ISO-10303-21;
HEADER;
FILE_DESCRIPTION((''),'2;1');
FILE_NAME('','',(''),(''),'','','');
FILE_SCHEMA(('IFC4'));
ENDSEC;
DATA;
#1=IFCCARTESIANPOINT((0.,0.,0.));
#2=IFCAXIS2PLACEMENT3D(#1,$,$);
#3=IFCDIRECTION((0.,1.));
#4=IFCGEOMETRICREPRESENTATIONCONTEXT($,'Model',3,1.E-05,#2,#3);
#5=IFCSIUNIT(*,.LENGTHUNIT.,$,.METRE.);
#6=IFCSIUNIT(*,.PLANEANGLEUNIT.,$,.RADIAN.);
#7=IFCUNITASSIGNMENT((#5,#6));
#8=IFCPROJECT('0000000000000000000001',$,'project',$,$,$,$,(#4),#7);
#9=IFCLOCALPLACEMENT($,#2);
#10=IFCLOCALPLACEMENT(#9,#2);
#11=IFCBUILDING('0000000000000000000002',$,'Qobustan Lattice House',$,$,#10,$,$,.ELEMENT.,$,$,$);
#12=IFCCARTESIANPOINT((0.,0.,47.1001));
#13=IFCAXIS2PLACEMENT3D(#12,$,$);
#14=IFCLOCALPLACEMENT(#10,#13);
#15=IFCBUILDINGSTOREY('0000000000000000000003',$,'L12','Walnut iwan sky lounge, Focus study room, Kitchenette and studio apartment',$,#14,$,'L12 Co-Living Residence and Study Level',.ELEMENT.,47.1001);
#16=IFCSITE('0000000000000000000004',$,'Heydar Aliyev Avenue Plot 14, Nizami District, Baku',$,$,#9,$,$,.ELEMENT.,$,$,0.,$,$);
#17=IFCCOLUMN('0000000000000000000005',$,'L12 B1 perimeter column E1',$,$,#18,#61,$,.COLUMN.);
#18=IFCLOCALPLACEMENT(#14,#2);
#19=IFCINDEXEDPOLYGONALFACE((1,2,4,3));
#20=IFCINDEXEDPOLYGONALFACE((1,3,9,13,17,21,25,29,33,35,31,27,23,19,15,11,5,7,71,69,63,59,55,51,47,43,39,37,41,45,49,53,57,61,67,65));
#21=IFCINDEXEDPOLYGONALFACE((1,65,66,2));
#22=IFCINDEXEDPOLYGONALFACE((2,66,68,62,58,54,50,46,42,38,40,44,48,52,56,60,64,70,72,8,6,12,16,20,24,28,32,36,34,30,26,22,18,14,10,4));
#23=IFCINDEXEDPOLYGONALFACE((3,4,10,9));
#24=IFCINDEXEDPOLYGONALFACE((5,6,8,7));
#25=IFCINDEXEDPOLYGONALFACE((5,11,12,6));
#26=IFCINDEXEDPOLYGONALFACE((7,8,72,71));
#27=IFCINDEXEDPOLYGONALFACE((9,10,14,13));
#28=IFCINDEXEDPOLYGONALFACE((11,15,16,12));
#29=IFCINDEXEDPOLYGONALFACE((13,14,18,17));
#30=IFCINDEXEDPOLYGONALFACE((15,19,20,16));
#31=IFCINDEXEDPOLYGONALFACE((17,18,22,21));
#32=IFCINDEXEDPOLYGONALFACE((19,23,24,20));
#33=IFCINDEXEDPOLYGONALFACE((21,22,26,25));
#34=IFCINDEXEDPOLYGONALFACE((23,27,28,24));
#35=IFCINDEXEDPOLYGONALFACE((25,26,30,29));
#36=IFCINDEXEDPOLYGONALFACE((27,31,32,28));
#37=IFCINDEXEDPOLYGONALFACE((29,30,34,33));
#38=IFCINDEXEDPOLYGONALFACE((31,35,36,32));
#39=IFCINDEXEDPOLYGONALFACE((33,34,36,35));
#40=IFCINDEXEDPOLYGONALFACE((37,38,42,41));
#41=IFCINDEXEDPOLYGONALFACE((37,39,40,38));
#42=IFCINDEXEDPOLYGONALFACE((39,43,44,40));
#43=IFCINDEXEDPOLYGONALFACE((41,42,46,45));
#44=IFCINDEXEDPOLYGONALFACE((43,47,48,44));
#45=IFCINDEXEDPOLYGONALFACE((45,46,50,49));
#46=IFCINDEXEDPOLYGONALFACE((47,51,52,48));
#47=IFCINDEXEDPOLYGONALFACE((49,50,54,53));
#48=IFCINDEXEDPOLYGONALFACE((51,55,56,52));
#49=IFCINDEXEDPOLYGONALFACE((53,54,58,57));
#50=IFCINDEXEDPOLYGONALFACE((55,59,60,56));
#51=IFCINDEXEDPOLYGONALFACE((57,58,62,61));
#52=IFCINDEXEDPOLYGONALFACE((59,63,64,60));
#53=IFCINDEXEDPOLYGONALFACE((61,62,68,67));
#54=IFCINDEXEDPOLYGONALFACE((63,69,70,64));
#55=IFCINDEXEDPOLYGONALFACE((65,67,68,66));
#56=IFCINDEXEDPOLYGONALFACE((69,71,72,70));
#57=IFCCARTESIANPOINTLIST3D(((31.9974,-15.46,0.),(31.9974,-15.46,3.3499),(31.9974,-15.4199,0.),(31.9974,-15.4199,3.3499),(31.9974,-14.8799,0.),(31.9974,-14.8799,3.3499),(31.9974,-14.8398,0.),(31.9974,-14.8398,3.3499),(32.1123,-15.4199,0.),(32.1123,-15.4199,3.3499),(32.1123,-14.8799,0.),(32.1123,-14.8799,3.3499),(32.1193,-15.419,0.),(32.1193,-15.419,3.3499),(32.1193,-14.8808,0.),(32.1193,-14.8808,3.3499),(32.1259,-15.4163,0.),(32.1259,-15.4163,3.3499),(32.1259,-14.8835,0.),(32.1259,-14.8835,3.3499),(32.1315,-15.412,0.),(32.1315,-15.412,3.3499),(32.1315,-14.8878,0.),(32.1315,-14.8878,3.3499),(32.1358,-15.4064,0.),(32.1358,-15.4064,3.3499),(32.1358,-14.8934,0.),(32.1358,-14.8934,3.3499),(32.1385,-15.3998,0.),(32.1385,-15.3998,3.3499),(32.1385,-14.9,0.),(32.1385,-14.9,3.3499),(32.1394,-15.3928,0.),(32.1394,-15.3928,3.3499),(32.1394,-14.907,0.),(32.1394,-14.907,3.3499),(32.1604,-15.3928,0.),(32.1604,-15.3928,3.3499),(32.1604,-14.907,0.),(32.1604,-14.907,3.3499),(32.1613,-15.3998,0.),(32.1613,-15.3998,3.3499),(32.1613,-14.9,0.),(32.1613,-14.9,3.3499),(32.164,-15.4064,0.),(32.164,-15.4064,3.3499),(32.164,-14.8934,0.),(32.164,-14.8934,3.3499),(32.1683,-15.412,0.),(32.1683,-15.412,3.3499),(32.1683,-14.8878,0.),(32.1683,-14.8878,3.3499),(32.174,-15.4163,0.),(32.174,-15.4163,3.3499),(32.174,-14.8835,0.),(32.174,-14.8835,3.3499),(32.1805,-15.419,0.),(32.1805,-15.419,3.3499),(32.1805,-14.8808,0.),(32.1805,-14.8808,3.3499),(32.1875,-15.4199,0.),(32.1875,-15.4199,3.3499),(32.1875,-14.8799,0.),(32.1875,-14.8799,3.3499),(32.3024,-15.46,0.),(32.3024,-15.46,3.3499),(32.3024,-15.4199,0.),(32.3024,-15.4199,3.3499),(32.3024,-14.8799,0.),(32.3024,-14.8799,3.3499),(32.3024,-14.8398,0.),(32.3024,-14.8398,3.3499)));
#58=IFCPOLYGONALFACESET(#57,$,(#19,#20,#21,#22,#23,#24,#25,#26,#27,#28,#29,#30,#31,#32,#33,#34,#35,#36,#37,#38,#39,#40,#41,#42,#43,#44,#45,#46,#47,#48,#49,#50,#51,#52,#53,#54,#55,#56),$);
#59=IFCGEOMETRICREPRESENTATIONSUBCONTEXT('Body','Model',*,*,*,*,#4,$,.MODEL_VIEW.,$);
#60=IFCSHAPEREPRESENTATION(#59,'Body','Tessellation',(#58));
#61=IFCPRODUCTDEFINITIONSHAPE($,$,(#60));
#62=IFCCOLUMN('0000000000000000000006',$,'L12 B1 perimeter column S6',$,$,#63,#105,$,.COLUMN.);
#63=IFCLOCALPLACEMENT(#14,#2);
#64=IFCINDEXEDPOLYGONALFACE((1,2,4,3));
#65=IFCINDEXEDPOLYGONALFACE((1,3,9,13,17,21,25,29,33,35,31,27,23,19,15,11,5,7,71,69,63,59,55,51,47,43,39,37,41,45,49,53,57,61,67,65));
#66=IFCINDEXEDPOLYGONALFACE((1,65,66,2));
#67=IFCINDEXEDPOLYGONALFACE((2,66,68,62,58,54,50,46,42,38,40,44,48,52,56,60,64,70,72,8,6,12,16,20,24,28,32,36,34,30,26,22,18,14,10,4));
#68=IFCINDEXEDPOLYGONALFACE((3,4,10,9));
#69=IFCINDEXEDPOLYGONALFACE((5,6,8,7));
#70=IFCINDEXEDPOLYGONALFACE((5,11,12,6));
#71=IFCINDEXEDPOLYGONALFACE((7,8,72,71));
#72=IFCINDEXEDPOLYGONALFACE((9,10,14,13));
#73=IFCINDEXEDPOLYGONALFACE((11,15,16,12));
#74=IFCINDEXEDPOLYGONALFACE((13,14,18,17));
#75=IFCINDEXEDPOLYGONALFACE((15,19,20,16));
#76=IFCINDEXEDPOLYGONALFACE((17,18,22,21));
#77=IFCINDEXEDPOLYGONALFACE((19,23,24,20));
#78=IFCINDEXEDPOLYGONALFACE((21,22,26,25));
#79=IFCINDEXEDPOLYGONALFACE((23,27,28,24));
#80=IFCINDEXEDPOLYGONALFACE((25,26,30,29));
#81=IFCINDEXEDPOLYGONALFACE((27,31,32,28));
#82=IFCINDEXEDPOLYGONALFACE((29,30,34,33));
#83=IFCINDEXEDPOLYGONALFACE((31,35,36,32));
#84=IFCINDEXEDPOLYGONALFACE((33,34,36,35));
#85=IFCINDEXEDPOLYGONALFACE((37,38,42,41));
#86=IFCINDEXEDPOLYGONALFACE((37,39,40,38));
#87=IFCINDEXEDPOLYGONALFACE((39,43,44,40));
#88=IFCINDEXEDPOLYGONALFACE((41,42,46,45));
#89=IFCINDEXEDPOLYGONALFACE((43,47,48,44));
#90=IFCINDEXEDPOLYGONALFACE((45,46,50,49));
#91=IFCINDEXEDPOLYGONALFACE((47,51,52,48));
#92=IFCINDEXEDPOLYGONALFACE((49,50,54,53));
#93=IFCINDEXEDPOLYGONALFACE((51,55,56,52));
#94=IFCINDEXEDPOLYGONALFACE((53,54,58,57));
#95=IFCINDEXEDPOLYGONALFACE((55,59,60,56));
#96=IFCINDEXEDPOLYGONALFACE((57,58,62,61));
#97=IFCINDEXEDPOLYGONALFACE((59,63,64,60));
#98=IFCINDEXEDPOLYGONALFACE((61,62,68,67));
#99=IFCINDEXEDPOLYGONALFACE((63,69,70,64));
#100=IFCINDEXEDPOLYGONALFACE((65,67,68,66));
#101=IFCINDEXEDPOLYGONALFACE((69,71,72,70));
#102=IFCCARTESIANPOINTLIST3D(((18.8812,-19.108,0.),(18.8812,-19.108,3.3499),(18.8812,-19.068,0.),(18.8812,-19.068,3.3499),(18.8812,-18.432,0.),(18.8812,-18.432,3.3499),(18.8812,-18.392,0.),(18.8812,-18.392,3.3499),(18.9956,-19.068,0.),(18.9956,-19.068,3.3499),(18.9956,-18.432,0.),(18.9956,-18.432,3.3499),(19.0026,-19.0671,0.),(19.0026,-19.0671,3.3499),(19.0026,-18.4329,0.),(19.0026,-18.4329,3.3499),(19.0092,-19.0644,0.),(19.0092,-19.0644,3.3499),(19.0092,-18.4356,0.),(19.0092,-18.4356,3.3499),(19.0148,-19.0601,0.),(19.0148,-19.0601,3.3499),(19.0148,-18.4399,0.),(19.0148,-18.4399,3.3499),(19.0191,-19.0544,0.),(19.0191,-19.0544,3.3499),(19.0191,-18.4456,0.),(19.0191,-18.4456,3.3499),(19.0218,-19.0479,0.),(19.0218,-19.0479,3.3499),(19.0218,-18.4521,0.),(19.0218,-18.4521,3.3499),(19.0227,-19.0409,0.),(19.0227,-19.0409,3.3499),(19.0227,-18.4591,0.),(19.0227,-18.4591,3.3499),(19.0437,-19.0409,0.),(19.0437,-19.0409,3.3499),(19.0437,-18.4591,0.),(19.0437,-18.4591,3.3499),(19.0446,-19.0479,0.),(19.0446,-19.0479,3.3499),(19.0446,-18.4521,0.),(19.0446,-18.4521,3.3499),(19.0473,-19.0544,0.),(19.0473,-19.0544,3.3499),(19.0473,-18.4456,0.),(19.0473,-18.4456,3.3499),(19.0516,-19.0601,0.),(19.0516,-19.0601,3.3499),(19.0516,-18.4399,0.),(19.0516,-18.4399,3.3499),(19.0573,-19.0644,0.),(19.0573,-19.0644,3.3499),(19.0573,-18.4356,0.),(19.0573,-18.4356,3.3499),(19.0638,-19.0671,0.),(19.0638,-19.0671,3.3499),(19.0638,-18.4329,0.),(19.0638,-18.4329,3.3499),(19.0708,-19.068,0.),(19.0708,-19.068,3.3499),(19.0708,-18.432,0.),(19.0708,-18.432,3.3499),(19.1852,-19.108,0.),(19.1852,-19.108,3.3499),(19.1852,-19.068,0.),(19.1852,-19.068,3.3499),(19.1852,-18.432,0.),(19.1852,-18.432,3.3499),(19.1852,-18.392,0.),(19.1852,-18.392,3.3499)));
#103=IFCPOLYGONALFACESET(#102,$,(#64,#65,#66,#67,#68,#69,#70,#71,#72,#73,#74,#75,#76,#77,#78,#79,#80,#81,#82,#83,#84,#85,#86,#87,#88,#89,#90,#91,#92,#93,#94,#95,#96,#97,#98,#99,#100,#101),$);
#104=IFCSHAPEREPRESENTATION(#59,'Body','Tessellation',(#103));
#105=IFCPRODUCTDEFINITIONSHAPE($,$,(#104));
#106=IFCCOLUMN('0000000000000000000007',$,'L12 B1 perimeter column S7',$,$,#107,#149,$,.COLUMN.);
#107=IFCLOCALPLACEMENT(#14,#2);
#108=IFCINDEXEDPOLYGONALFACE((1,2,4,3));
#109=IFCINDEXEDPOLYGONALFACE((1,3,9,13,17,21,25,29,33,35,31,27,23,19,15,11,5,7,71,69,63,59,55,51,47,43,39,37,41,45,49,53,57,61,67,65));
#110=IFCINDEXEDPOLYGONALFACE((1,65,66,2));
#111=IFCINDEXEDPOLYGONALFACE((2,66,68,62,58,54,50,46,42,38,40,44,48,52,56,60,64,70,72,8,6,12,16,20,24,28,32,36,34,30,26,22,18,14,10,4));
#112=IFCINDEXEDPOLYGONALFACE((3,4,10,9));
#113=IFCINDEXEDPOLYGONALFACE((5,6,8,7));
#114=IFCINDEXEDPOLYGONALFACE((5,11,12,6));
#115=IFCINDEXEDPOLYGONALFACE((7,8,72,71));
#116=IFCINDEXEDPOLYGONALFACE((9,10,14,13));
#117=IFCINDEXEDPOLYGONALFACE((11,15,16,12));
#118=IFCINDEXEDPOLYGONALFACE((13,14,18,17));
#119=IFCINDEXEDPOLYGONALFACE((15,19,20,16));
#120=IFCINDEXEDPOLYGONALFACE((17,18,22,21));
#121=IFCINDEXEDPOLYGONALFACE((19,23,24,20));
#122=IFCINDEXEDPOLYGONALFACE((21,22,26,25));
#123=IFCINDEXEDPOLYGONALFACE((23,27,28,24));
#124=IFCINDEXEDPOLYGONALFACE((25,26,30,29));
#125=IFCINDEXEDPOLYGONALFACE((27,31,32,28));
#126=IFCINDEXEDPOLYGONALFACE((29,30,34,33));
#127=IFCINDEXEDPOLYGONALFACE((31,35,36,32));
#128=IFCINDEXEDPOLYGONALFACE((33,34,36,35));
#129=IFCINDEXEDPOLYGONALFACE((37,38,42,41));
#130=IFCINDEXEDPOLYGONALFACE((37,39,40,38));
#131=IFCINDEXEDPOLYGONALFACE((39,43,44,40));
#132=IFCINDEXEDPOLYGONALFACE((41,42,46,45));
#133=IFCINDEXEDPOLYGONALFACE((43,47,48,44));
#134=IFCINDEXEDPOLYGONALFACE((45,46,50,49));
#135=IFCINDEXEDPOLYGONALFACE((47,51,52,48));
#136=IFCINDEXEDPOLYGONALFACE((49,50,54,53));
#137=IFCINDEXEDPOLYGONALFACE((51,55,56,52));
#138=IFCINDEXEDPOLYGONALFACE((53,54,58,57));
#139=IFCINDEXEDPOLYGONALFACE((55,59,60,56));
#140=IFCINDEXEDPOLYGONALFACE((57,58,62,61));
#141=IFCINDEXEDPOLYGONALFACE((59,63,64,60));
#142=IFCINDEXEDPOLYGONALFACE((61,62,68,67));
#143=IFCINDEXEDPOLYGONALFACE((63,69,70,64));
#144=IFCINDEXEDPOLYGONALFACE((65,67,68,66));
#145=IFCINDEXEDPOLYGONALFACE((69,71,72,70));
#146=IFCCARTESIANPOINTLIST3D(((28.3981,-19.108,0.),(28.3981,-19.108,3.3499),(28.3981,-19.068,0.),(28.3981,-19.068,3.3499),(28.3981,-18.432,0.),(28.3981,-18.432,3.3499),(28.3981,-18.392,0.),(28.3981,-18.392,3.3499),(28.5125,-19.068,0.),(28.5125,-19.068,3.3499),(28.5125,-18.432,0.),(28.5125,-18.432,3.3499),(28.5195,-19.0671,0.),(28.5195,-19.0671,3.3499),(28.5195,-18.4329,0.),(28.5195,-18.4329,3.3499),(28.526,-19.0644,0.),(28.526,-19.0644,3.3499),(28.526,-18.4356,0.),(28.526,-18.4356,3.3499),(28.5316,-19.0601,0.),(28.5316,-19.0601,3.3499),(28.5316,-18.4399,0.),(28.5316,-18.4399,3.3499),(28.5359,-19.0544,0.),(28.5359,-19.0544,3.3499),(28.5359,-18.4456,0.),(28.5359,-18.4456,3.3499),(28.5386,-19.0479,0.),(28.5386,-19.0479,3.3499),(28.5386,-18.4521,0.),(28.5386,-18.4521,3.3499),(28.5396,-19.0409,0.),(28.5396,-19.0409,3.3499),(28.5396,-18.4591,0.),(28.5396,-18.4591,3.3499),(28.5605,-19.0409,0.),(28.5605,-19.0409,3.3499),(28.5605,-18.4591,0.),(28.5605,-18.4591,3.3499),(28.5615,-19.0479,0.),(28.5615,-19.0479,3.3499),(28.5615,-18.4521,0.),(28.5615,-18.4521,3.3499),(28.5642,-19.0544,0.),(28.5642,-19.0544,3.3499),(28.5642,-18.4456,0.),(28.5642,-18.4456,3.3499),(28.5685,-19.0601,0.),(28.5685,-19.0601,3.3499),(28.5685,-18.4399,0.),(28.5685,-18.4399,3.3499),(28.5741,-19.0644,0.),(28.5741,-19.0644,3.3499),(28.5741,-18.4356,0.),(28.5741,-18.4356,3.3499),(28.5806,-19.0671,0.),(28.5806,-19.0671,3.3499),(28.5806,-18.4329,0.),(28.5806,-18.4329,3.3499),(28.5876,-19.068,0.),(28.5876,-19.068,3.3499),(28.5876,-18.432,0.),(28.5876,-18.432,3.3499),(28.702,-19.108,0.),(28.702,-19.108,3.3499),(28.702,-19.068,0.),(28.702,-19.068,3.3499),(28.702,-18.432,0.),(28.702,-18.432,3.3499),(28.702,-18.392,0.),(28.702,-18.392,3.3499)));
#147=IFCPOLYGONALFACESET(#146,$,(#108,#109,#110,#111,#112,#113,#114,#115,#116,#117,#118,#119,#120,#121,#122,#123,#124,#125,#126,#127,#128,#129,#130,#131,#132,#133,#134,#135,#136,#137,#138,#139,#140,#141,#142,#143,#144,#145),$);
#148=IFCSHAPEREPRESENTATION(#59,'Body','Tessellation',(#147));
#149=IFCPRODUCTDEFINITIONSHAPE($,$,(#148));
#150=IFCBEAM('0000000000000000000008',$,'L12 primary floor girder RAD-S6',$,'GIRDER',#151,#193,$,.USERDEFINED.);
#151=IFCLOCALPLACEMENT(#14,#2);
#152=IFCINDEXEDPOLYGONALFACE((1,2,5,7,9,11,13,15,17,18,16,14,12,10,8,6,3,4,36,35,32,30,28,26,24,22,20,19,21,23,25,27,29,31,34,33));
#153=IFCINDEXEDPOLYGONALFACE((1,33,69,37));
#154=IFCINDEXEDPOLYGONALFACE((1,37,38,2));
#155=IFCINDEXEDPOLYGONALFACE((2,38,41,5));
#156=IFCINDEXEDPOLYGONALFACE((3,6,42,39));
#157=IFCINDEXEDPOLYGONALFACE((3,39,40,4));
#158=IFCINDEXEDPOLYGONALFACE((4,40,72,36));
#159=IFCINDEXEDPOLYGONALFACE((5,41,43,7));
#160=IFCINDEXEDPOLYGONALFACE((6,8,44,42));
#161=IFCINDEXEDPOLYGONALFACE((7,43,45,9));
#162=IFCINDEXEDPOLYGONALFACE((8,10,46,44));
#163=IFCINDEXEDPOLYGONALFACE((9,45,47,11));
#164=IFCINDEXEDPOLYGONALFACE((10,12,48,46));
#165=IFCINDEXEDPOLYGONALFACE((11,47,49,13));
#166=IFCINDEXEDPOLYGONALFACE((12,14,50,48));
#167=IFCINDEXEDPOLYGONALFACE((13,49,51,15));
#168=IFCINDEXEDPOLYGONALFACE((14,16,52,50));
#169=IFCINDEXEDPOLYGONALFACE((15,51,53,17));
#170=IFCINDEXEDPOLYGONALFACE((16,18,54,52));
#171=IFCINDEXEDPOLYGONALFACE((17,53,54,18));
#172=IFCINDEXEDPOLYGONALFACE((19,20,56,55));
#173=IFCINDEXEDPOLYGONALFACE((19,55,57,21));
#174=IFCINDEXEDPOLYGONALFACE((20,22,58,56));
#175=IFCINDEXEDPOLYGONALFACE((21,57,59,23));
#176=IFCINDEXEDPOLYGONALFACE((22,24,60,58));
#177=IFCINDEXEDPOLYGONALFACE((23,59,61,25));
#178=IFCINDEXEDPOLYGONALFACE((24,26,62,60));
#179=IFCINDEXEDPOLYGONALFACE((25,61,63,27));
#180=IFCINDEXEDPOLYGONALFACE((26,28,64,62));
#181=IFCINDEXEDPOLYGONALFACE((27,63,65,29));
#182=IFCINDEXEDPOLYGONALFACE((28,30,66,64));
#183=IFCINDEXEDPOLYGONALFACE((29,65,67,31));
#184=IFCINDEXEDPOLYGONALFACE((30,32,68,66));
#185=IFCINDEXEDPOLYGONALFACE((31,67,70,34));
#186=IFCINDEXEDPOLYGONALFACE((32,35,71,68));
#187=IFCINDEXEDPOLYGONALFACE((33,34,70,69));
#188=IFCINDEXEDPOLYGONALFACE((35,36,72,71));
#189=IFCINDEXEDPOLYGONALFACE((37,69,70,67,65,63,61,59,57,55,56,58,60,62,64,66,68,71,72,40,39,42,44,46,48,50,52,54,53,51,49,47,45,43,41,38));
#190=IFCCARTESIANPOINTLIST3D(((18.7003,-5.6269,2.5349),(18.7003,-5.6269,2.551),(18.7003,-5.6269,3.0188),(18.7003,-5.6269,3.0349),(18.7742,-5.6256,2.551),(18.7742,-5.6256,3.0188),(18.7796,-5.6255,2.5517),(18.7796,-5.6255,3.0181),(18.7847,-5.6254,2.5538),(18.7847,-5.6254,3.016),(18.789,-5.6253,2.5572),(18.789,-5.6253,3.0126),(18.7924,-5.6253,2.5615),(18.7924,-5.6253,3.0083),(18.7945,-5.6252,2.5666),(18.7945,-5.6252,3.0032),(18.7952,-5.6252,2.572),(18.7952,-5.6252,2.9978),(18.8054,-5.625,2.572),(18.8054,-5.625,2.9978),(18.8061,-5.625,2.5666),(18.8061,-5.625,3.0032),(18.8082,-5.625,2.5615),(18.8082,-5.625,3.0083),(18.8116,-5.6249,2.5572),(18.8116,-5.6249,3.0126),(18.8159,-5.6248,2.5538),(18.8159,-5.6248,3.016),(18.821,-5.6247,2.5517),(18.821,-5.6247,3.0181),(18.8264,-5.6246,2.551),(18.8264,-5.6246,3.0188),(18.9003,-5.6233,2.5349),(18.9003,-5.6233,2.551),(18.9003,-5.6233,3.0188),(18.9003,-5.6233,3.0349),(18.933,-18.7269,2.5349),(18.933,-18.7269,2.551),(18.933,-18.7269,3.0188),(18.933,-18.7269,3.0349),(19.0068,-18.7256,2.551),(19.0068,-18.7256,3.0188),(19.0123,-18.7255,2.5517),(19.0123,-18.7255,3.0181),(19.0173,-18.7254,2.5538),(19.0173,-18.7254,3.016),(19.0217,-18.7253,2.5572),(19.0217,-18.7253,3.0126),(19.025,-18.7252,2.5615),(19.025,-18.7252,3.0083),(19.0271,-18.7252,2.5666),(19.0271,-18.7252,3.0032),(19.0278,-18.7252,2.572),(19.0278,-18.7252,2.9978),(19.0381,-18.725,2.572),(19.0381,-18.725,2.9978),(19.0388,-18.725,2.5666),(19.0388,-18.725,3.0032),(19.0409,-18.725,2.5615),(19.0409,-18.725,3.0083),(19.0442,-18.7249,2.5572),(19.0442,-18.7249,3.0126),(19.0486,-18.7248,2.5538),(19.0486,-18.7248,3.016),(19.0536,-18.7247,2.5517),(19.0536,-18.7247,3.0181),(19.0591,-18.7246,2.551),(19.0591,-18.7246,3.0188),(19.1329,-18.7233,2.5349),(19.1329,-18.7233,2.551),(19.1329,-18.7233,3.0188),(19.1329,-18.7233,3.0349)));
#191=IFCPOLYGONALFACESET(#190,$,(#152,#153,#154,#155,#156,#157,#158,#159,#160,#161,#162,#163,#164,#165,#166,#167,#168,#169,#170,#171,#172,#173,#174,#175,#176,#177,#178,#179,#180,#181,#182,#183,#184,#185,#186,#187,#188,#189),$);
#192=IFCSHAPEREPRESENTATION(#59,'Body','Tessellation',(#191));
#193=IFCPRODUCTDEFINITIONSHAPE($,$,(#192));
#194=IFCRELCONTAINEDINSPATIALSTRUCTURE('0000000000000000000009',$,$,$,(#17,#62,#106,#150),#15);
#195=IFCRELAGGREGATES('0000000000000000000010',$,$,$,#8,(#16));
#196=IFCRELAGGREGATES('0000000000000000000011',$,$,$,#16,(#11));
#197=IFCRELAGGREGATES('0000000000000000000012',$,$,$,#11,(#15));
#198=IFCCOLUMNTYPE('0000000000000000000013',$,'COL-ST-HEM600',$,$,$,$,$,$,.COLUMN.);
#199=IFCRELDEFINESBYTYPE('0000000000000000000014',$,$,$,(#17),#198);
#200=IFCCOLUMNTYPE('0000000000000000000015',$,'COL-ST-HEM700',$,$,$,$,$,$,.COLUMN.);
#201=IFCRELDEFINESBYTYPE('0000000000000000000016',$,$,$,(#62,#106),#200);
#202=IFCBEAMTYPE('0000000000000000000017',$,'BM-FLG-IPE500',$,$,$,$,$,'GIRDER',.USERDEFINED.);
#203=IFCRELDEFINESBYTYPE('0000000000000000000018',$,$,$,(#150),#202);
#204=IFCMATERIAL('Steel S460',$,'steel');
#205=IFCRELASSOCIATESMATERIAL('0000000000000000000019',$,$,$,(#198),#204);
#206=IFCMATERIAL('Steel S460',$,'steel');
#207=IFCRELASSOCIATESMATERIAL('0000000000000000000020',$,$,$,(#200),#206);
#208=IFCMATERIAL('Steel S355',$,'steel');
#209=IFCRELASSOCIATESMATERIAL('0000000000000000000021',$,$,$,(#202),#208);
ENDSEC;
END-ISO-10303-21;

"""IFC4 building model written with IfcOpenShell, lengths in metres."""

from ifc_helpers import new_model, si_unit, direction, frame, origin, origin_2d, place, context, subcontext, project, spatial, i_section, extrude, material, material_profile, profile_set, type_object, element, save


model = new_model("IFC4")

# Units and contexts
model_context = context("Model", 3, precision=1e-05, world=origin(), true_north=direction((0.0, 1.0)))
body_context = subcontext(model_context, "Body", "Model", "MODEL_VIEW")
ifc_project = project(units=[si_unit("LENGTHUNIT", "METRE"), si_unit("PLANEANGLEUNIT", "RADIAN")], contexts=[model_context])

# Site, building, storey
site_placement = place(None, origin())
site = spatial("IfcSite", under=ifc_project, at=site_placement, Name="Heydar Aliyev Avenue Plot 14, Nizami District, Baku", CompositionType="ELEMENT", RefElevation=0.0)
building_placement = place(site_placement, origin())
building = spatial("IfcBuilding", under=site, at=building_placement, Name="Qobustan Lattice House", CompositionType="ELEMENT")
storey_placement = place(building_placement, frame((0.0, 0.0, 47.1001)))
storey = spatial("IfcBuildingStorey", under=building, at=storey_placement, Name="L12", Description="Walnut iwan sky lounge, Focus study room, Kitchenette and studio apartment", LongName="L12 Co-Living Residence and Study Level", CompositionType="ELEMENT", Elevation=47.1001)

# Columns
ifc_material_1 = material(Name="Steel S460", Category="steel")
ifc_material_profile_1 = material_profile(ifc_material_1, i_section(OverallWidth=0.3049, OverallDepth=0.6201, WebThickness=0.021, FlangeThickness=0.04, FilletRadius=0.0271, at=origin_2d()), Name="HEM600")
ifc_profile_set_1 = profile_set([ifc_material_profile_1], Name="Steel S460")
column_type_1 = type_object("IfcColumnType", Name="COL-ST-HEM600", PredefinedType="COLUMN", material=ifc_profile_set_1)
column_placement = place(storey_placement, frame((32.1499, -15.1499, 0.0), z_axis=(0.0, 0.0, 1.0), x_axis=(1.0, 0.0, 0.0)))
element("IfcColumn", 1, at=column_placement, inside=storey, type_object=column_type_1, Name="L12 B1 perimeter column E1", PredefinedType="COLUMN", context=body_context, shape_type="SweptSolid", body=[
    extrude(i_section(OverallWidth=0.3049, OverallDepth=0.6201, WebThickness=0.021, FlangeThickness=0.04, FilletRadius=0.0271, at=origin_2d()), origin(), (0.0, 0.0, 1.0), 3.3499),
])
ifc_material_2 = material(Name="Steel S460", Category="steel")
ifc_material_profile_2 = material_profile(ifc_material_2, i_section(OverallWidth=0.304, OverallDepth=0.7161, WebThickness=0.021, FlangeThickness=0.04, FilletRadius=0.0271, at=origin_2d()), Name="HEM700")
ifc_profile_set_2 = profile_set([ifc_material_profile_2], Name="Steel S460")
column_type_2 = type_object("IfcColumnType", Name="COL-ST-HEM700", PredefinedType="COLUMN", material=ifc_profile_set_2)
for number, where, z_axis, x_axis, name in (
    (2, (19.0332, -18.75, 0.0), (0.0, 0.0, 1.0), (1.0, 0.0, 0.0), "L12 B1 perimeter column S6"),
    (3, (28.55, -18.75, 0.0), (0.0, 0.0, 1.0), (1.0, 0.0, 0.0), "L12 B1 perimeter column S7"),
):
    element("IfcColumn", number, at=place(storey_placement, frame(where, z_axis=z_axis, x_axis=x_axis)), inside=storey, type_object=column_type_2, Name=name, PredefinedType="COLUMN", context=body_context, shape_type="SweptSolid", body=[
        extrude(i_section(OverallWidth=0.304, OverallDepth=0.7161, WebThickness=0.021, FlangeThickness=0.04, FilletRadius=0.0271, at=origin_2d()), origin(), (0.0, 0.0, 1.0), 3.3499),
    ])

# Beam
ifc_material_3 = material(Name="Steel S355", Category="steel")
ifc_material_profile_3 = material_profile(ifc_material_3, i_section(OverallWidth=0.2, OverallDepth=0.5, WebThickness=0.0103, FlangeThickness=0.0161, FilletRadius=0.021, at=origin_2d()), Name="IPE500")
ifc_profile_set_3 = profile_set([ifc_material_profile_3], Name="Steel S355")
beam_type_1 = type_object("IfcBeamType", Name="BM-FLG-IPE500", ElementType="GIRDER", PredefinedType="USERDEFINED", material=ifc_profile_set_3)
beam_1_placement = place(storey_placement, frame((19.033, -18.7251, 2.7849), z_axis=(-0.017758, 0.999842, 0.0), x_axis=(-0.999842, -0.017758, 0.0)))
element("IfcBeam", 4, at=beam_1_placement, inside=storey, type_object=beam_type_1, Name="L12 primary floor girder RAD-S6", ObjectType="GIRDER", PredefinedType="USERDEFINED", context=body_context, shape_type="SweptSolid", body=[
    extrude(i_section(OverallWidth=0.2, OverallDepth=0.5, WebThickness=0.0103, FlangeThickness=0.0161, FilletRadius=0.021, at=origin_2d()), origin(), (0.0, 0.0, 1.0), 13.1021),
])

save(model, "model.ifc")
